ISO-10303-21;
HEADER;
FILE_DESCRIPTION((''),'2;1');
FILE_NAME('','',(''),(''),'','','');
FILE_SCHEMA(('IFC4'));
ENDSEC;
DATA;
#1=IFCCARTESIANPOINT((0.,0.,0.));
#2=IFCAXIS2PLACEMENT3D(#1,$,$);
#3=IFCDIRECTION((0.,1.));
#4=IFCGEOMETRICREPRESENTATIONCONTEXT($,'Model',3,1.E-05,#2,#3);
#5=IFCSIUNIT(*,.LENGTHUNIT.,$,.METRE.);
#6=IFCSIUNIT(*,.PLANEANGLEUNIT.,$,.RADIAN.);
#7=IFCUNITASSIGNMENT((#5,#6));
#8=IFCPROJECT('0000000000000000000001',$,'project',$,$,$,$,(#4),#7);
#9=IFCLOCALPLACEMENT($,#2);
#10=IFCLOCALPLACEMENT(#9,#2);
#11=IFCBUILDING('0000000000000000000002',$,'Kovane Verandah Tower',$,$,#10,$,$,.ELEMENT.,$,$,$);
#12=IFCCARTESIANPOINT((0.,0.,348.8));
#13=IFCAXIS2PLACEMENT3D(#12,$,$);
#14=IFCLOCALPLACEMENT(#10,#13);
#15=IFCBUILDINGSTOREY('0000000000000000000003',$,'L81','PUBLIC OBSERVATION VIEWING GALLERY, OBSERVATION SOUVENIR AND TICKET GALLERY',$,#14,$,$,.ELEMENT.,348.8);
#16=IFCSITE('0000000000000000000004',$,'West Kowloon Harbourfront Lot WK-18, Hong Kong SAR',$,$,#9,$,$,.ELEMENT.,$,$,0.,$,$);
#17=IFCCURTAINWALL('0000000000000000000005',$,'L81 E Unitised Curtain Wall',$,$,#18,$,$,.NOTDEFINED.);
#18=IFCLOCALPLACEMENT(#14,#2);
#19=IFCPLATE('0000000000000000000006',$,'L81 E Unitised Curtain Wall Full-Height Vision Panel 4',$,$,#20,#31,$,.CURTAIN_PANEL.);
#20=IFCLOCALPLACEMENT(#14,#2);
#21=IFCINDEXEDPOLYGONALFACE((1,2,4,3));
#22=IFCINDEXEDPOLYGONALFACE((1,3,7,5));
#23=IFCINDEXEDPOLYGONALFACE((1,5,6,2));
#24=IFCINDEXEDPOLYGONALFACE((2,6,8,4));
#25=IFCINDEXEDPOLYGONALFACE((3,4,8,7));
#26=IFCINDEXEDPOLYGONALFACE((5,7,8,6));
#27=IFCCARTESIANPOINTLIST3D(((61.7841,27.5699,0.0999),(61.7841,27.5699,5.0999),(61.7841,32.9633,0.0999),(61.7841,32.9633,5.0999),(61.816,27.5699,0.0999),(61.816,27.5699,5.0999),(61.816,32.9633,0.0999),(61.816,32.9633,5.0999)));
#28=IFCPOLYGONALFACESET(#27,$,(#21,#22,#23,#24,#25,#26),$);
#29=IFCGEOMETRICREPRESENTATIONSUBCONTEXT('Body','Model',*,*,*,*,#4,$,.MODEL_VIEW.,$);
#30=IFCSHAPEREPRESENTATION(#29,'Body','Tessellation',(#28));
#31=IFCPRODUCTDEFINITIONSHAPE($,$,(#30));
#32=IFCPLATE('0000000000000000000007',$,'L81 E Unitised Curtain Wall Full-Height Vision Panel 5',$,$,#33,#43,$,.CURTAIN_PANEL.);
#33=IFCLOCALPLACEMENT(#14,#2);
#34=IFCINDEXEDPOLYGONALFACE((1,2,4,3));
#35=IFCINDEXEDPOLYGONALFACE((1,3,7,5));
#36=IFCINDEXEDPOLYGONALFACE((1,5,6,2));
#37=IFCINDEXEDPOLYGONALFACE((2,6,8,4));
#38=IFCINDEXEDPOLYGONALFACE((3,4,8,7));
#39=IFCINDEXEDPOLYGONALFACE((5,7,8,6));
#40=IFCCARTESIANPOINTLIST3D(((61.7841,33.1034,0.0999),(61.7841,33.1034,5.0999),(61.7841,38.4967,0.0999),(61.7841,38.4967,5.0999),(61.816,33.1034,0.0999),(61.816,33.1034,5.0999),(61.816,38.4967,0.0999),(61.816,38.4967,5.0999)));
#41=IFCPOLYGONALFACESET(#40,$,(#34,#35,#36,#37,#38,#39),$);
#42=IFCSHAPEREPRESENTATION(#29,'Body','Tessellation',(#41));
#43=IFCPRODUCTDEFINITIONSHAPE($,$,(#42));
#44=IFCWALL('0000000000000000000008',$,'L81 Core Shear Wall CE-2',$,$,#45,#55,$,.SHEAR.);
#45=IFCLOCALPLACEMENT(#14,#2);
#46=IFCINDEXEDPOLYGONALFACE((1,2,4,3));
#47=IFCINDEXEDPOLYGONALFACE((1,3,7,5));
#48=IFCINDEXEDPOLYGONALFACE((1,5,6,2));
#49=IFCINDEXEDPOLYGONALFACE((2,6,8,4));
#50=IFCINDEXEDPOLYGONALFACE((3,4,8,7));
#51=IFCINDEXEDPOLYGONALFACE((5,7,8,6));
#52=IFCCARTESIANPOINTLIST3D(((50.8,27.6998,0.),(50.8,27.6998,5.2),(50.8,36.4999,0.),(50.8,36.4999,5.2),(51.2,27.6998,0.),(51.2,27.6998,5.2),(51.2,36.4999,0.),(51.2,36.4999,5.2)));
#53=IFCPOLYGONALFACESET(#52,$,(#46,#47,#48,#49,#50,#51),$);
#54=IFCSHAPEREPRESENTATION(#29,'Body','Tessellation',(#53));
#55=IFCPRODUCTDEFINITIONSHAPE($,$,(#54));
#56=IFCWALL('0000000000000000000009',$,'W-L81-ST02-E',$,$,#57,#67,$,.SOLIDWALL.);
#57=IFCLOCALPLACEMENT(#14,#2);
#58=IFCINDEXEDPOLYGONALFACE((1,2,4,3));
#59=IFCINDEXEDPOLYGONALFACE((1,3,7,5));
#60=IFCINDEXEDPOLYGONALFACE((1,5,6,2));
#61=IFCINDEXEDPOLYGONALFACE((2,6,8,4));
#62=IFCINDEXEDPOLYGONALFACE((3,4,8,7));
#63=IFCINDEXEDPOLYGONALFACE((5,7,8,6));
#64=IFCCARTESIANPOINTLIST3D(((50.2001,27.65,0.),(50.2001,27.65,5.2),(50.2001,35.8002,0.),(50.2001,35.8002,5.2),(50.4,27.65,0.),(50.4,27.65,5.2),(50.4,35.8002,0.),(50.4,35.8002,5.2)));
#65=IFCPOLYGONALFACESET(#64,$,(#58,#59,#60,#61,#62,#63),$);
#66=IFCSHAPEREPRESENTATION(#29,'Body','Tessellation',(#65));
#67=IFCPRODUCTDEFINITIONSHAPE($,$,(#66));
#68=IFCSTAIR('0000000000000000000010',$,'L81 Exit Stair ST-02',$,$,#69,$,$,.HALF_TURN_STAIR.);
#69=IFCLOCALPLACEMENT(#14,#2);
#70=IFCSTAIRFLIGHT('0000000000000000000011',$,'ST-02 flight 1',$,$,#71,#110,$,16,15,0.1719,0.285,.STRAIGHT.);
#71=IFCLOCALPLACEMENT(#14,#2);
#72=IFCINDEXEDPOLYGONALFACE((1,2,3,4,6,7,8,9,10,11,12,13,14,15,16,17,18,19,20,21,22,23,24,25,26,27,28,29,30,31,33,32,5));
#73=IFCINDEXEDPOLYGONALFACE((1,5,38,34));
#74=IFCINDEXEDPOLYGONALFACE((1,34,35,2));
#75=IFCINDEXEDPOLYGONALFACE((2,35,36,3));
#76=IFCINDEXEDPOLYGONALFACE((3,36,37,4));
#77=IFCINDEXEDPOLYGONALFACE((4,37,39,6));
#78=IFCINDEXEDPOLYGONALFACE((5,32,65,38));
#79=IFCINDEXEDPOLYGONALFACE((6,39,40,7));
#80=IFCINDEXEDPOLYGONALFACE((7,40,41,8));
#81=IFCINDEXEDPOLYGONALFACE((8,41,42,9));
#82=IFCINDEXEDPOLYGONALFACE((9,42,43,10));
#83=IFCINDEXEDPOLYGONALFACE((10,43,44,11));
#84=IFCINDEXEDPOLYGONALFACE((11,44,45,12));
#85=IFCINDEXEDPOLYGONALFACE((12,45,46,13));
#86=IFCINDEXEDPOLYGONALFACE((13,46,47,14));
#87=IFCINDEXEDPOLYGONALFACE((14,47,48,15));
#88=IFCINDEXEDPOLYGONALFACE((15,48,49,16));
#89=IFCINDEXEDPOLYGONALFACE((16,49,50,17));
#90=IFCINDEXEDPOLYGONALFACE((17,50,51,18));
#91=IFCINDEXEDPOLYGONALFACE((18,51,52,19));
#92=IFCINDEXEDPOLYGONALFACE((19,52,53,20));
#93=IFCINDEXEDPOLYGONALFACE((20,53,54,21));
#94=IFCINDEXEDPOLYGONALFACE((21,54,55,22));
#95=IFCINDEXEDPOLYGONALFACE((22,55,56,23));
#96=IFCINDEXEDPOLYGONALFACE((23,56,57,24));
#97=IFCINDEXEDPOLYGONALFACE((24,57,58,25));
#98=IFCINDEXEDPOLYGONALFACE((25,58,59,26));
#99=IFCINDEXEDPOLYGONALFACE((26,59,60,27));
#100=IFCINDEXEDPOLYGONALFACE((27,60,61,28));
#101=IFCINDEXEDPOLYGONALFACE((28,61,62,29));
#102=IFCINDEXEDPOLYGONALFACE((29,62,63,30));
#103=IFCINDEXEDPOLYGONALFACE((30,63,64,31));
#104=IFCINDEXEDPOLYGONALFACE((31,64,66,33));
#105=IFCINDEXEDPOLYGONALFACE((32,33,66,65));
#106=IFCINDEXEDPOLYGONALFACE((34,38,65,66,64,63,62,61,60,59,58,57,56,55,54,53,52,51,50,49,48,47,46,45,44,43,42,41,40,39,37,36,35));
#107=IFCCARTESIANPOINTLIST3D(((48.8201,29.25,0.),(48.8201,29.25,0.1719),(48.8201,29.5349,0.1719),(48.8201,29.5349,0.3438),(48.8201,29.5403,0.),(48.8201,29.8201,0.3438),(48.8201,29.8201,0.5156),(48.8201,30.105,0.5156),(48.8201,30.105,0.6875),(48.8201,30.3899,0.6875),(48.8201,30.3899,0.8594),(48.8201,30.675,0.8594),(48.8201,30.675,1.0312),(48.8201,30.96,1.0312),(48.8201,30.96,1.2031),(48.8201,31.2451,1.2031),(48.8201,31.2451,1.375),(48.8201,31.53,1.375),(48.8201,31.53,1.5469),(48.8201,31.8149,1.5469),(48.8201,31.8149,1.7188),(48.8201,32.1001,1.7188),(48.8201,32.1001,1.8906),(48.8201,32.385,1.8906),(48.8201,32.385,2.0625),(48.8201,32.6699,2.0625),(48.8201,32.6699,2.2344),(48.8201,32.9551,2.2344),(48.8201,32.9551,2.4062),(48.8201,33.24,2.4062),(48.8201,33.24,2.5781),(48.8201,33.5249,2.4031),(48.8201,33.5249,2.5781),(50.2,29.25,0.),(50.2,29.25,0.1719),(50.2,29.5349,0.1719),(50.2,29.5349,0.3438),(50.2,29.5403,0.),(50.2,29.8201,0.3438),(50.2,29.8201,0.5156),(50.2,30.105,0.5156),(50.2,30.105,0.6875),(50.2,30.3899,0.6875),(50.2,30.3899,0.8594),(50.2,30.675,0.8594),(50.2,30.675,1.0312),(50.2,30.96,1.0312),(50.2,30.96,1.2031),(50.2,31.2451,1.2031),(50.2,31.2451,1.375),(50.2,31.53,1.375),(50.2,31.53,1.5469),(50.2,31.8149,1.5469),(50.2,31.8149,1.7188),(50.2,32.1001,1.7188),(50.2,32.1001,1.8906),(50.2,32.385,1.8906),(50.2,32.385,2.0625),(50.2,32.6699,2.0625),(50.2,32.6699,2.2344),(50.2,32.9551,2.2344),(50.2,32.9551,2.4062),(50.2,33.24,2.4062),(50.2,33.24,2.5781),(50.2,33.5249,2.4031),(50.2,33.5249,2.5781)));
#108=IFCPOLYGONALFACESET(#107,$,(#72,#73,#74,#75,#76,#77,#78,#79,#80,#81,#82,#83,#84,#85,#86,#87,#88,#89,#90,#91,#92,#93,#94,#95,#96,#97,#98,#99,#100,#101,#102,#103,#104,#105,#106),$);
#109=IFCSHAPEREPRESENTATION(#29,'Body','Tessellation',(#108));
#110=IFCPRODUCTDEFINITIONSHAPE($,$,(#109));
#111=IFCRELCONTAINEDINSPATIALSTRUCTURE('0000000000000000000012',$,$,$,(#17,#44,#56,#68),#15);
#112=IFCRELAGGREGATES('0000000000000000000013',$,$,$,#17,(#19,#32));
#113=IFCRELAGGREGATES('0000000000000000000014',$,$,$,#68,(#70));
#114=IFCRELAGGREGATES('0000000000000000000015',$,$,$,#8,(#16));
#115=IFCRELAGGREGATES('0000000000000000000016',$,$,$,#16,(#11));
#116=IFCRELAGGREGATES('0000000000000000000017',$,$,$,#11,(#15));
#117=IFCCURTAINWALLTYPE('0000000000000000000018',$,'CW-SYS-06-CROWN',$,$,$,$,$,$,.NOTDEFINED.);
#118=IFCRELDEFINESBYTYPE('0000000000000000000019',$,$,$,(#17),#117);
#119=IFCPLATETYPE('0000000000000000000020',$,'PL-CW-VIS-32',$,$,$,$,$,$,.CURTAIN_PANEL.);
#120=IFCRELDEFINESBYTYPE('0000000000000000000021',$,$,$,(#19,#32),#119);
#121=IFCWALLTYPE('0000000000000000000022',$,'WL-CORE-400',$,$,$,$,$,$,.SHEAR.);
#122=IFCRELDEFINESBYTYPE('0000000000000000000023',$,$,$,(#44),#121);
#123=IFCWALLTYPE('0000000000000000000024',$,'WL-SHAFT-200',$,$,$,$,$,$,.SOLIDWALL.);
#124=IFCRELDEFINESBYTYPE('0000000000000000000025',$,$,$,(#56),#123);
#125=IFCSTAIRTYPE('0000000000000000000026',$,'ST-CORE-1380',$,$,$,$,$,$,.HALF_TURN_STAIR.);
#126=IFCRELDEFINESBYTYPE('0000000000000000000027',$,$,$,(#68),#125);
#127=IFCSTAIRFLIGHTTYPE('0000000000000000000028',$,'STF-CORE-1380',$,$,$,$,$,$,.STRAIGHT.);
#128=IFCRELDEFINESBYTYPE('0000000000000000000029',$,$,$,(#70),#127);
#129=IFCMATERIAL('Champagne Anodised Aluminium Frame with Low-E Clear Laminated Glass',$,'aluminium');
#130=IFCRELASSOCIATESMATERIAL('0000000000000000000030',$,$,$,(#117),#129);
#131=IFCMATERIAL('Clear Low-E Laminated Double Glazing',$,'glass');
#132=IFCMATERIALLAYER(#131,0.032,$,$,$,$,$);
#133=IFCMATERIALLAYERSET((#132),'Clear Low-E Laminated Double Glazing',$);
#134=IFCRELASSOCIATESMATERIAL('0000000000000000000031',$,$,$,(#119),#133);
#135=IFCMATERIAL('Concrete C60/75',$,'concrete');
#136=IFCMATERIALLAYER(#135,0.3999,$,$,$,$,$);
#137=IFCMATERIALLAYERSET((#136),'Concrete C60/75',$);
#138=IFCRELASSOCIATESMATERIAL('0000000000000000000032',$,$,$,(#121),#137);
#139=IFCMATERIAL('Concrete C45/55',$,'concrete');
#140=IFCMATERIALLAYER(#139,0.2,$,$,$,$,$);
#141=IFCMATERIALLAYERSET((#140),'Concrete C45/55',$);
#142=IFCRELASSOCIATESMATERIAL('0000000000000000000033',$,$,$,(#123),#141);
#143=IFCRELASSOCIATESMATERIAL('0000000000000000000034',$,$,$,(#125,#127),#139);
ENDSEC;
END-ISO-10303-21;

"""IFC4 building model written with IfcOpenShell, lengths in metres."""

from ifc_helpers import new_model, si_unit, direction, frame, frame_2d, origin, origin_2d, place, context, subcontext, project, spatial, polyline, rectangle, outline, extrude, material, layer, layer_set, type_object, element, aggregate, save


model = new_model("IFC4")

# Units and contexts
model_context = context("Model", 3, precision=1e-05, world=origin(), true_north=direction((0.0, 1.0)))
body_context = subcontext(model_context, "Body", "Model", "MODEL_VIEW")
ifc_project = project(units=[si_unit("LENGTHUNIT", "METRE"), si_unit("PLANEANGLEUNIT", "RADIAN")], contexts=[model_context])

# Site, building, storey
site_placement = place(None, origin())
site = spatial("IfcSite", under=ifc_project, at=site_placement, Name="West Kowloon Harbourfront Lot WK-18, Hong Kong SAR", CompositionType="ELEMENT", RefElevation=0.0)
building_placement = place(site_placement, origin())
building = spatial("IfcBuilding", under=site, at=building_placement, Name="Kovane Verandah Tower", CompositionType="ELEMENT")
storey_placement = place(building_placement, frame((0.0, 0.0, 348.8)))
storey = spatial("IfcBuildingStorey", under=building, at=storey_placement, Name="L81", Description="PUBLIC OBSERVATION VIEWING GALLERY, OBSERVATION SOUVENIR AND TICKET GALLERY", CompositionType="ELEMENT", Elevation=348.8)

# Shared definitions
ifc_material_1 = material(Name="Concrete C60/75", Category="concrete")

# Curtain wall
ifc_material_2 = material(Name="Champagne Anodised Aluminium Frame with Low-E Clear Laminated Glass", Category="aluminium")
curtain_wall_type = type_object("IfcCurtainWallType", Name="CW-SYS-06-CROWN", PredefinedType="NOTDEFINED", material=ifc_material_2)
curtain_wall_placement = place(storey_placement, origin())
curtain_wall = element("IfcCurtainWall", 1, at=curtain_wall_placement, inside=storey, type_object=curtain_wall_type, Name="L81 E Unitised Curtain Wall", PredefinedType="NOTDEFINED")

# Plates
ifc_material_3 = material(Name="Clear Low-E Laminated Double Glazing", Category="glass")
ifc_layer_1 = layer(ifc_material_3, 0.032)
ifc_layer_set_1 = layer_set([ifc_layer_1], Name="Clear Low-E Laminated Double Glazing")
plate_type = type_object("IfcPlateType", Name="PL-CW-VIS-32", PredefinedType="CURTAIN_PANEL", material=ifc_layer_set_1)
plate_1_placement = place(storey_placement, frame((61.8, 30.2666, 0.0999), z_axis=(0.0, 0.0, 1.0), x_axis=(0.0, 1.0, 0.0)))
plate_1 = element("IfcPlate", 2, at=plate_1_placement, type_object=plate_type, Name="L81 E Unitised Curtain Wall Full-Height Vision Panel 4", PredefinedType="CURTAIN_PANEL", context=body_context, shape_type="SweptSolid", body=[
    extrude(rectangle(XDim=5.3933, YDim=0.032, at=origin_2d()), origin(), (0.0, 0.0, 1.0), 5.0),
])
plate_2_placement = place(storey_placement, frame((61.8, 35.8, 0.0999), z_axis=(0.0, 0.0, 1.0), x_axis=(0.0, 1.0, 0.0)))
plate_2 = element("IfcPlate", 3, at=plate_2_placement, type_object=plate_type, Name="L81 E Unitised Curtain Wall Full-Height Vision Panel 5", PredefinedType="CURTAIN_PANEL", context=body_context, shape_type="SweptSolid", body=[
    extrude(rectangle(XDim=5.3933, YDim=0.032, at=origin_2d()), origin(), (0.0, 0.0, 1.0), 5.0),
])
aggregate(curtain_wall, [plate_1, plate_2])

# Walls
ifc_layer_2 = layer(ifc_material_1, 0.3999)
ifc_layer_set_2 = layer_set([ifc_layer_2], Name="Concrete C60/75")
wall_type_1 = type_object("IfcWallType", Name="WL-CORE-400", PredefinedType="SHEAR", material=ifc_layer_set_2)
wall_1_placement = place(storey_placement, frame((51.0, 27.7, 0.0), z_axis=(0.0, 0.0, 1.0), x_axis=(0.0, 1.0, 0.0)))
element("IfcWall", 4, at=wall_1_placement, inside=storey, type_object=wall_type_1, Name="L81 Core Shear Wall CE-2", PredefinedType="SHEAR", context=body_context, shape_type="SweptSolid", body=[
    extrude(rectangle(XDim=8.8, YDim=0.3999, at=frame_2d((4.3999, 0.0))), origin(), (0.0, 0.0, 1.0), 5.2),
])
ifc_material_4 = material(Name="Concrete C45/55", Category="concrete")
ifc_layer_3 = layer(ifc_material_4, 0.2)
ifc_layer_set_3 = layer_set([ifc_layer_3], Name="Concrete C45/55")
wall_type_2 = type_object("IfcWallType", Name="WL-SHAFT-200", PredefinedType="SOLIDWALL", material=ifc_layer_set_3)
wall_2_placement = place(storey_placement, frame((50.3, 27.6499, 0.0), z_axis=(0.0, 0.0, 1.0), x_axis=(0.0, 1.0, 0.0)))
element("IfcWall", 5, at=wall_2_placement, inside=storey, type_object=wall_type_2, Name="W-L81-ST02-E", PredefinedType="SOLIDWALL", context=body_context, shape_type="SweptSolid", body=[
    extrude(rectangle(XDim=8.1501, YDim=0.2, at=frame_2d((4.0752, 0.0))), origin(), (0.0, 0.0, 1.0), 5.2),
])

# Stair, stair flight
stair_type = type_object("IfcStairType", Name="ST-CORE-1380", PredefinedType="HALF_TURN_STAIR", material=ifc_material_4)
stair_placement = place(storey_placement, origin())
stair = element("IfcStair", 6, at=stair_placement, inside=storey, type_object=stair_type, Name="L81 Exit Stair ST-02", PredefinedType="HALF_TURN_STAIR")
stair_flight_type = type_object("IfcStairFlightType", Name="STF-CORE-1380", PredefinedType="STRAIGHT", material=ifc_material_4)
stair_flight_placement = place(storey_placement, frame((49.51, 29.25, 0.0), z_axis=(0.0, 0.0, 1.0), x_axis=(0.0, 1.0, 0.0)))
stair_flight = element("IfcStairFlight", 7, at=stair_flight_placement, type_object=stair_flight_type, Name="ST-02 flight 1", NumberOfRisers=16, NumberOfTreads=15, PredefinedType="STRAIGHT", RiserHeight=0.1719, TreadLength=0.285, context=body_context, shape_type="SweptSolid", body=[
    extrude(outline(polyline([(0.0, 0.0), (0.0, 0.1719), (0.2849, 0.1719), (0.2849, 0.3438), (0.5701, 0.3438), (0.5701, 0.5156), (0.855, 0.5156), (0.855, 0.6875), (1.1399, 0.6875), (1.1399, 0.8594), (1.425, 0.8594), (1.425, 1.0312), (1.71, 1.0312), (1.71, 1.2031), (1.9951, 1.2031), (1.9951, 1.375), (2.28, 1.375), (2.28, 1.5469), (2.5649, 1.5469), (2.5649, 1.7188), (2.8501, 1.7188), (2.8501, 1.8906), (3.135, 1.8906), (3.135, 2.0625), (3.4199, 2.0625), (3.4199, 2.2344), (3.7051, 2.2344), (3.7051, 2.4062), (3.99, 2.4062), (3.99, 2.5781), (4.2749, 2.5781), (4.2749, 2.75), (4.2749, 2.4031), (0.2903, 0.0), (0.0, 0.0)])), frame((0.0, 0.6899, 0.0), z_axis=(0.0, -1.0, 0.0), x_axis=(1.0, 0.0, 0.0)), (0.0, 0.0, 1.0), 1.3799),
])
aggregate(stair, [stair_flight])

save(model, "model.ifc")
